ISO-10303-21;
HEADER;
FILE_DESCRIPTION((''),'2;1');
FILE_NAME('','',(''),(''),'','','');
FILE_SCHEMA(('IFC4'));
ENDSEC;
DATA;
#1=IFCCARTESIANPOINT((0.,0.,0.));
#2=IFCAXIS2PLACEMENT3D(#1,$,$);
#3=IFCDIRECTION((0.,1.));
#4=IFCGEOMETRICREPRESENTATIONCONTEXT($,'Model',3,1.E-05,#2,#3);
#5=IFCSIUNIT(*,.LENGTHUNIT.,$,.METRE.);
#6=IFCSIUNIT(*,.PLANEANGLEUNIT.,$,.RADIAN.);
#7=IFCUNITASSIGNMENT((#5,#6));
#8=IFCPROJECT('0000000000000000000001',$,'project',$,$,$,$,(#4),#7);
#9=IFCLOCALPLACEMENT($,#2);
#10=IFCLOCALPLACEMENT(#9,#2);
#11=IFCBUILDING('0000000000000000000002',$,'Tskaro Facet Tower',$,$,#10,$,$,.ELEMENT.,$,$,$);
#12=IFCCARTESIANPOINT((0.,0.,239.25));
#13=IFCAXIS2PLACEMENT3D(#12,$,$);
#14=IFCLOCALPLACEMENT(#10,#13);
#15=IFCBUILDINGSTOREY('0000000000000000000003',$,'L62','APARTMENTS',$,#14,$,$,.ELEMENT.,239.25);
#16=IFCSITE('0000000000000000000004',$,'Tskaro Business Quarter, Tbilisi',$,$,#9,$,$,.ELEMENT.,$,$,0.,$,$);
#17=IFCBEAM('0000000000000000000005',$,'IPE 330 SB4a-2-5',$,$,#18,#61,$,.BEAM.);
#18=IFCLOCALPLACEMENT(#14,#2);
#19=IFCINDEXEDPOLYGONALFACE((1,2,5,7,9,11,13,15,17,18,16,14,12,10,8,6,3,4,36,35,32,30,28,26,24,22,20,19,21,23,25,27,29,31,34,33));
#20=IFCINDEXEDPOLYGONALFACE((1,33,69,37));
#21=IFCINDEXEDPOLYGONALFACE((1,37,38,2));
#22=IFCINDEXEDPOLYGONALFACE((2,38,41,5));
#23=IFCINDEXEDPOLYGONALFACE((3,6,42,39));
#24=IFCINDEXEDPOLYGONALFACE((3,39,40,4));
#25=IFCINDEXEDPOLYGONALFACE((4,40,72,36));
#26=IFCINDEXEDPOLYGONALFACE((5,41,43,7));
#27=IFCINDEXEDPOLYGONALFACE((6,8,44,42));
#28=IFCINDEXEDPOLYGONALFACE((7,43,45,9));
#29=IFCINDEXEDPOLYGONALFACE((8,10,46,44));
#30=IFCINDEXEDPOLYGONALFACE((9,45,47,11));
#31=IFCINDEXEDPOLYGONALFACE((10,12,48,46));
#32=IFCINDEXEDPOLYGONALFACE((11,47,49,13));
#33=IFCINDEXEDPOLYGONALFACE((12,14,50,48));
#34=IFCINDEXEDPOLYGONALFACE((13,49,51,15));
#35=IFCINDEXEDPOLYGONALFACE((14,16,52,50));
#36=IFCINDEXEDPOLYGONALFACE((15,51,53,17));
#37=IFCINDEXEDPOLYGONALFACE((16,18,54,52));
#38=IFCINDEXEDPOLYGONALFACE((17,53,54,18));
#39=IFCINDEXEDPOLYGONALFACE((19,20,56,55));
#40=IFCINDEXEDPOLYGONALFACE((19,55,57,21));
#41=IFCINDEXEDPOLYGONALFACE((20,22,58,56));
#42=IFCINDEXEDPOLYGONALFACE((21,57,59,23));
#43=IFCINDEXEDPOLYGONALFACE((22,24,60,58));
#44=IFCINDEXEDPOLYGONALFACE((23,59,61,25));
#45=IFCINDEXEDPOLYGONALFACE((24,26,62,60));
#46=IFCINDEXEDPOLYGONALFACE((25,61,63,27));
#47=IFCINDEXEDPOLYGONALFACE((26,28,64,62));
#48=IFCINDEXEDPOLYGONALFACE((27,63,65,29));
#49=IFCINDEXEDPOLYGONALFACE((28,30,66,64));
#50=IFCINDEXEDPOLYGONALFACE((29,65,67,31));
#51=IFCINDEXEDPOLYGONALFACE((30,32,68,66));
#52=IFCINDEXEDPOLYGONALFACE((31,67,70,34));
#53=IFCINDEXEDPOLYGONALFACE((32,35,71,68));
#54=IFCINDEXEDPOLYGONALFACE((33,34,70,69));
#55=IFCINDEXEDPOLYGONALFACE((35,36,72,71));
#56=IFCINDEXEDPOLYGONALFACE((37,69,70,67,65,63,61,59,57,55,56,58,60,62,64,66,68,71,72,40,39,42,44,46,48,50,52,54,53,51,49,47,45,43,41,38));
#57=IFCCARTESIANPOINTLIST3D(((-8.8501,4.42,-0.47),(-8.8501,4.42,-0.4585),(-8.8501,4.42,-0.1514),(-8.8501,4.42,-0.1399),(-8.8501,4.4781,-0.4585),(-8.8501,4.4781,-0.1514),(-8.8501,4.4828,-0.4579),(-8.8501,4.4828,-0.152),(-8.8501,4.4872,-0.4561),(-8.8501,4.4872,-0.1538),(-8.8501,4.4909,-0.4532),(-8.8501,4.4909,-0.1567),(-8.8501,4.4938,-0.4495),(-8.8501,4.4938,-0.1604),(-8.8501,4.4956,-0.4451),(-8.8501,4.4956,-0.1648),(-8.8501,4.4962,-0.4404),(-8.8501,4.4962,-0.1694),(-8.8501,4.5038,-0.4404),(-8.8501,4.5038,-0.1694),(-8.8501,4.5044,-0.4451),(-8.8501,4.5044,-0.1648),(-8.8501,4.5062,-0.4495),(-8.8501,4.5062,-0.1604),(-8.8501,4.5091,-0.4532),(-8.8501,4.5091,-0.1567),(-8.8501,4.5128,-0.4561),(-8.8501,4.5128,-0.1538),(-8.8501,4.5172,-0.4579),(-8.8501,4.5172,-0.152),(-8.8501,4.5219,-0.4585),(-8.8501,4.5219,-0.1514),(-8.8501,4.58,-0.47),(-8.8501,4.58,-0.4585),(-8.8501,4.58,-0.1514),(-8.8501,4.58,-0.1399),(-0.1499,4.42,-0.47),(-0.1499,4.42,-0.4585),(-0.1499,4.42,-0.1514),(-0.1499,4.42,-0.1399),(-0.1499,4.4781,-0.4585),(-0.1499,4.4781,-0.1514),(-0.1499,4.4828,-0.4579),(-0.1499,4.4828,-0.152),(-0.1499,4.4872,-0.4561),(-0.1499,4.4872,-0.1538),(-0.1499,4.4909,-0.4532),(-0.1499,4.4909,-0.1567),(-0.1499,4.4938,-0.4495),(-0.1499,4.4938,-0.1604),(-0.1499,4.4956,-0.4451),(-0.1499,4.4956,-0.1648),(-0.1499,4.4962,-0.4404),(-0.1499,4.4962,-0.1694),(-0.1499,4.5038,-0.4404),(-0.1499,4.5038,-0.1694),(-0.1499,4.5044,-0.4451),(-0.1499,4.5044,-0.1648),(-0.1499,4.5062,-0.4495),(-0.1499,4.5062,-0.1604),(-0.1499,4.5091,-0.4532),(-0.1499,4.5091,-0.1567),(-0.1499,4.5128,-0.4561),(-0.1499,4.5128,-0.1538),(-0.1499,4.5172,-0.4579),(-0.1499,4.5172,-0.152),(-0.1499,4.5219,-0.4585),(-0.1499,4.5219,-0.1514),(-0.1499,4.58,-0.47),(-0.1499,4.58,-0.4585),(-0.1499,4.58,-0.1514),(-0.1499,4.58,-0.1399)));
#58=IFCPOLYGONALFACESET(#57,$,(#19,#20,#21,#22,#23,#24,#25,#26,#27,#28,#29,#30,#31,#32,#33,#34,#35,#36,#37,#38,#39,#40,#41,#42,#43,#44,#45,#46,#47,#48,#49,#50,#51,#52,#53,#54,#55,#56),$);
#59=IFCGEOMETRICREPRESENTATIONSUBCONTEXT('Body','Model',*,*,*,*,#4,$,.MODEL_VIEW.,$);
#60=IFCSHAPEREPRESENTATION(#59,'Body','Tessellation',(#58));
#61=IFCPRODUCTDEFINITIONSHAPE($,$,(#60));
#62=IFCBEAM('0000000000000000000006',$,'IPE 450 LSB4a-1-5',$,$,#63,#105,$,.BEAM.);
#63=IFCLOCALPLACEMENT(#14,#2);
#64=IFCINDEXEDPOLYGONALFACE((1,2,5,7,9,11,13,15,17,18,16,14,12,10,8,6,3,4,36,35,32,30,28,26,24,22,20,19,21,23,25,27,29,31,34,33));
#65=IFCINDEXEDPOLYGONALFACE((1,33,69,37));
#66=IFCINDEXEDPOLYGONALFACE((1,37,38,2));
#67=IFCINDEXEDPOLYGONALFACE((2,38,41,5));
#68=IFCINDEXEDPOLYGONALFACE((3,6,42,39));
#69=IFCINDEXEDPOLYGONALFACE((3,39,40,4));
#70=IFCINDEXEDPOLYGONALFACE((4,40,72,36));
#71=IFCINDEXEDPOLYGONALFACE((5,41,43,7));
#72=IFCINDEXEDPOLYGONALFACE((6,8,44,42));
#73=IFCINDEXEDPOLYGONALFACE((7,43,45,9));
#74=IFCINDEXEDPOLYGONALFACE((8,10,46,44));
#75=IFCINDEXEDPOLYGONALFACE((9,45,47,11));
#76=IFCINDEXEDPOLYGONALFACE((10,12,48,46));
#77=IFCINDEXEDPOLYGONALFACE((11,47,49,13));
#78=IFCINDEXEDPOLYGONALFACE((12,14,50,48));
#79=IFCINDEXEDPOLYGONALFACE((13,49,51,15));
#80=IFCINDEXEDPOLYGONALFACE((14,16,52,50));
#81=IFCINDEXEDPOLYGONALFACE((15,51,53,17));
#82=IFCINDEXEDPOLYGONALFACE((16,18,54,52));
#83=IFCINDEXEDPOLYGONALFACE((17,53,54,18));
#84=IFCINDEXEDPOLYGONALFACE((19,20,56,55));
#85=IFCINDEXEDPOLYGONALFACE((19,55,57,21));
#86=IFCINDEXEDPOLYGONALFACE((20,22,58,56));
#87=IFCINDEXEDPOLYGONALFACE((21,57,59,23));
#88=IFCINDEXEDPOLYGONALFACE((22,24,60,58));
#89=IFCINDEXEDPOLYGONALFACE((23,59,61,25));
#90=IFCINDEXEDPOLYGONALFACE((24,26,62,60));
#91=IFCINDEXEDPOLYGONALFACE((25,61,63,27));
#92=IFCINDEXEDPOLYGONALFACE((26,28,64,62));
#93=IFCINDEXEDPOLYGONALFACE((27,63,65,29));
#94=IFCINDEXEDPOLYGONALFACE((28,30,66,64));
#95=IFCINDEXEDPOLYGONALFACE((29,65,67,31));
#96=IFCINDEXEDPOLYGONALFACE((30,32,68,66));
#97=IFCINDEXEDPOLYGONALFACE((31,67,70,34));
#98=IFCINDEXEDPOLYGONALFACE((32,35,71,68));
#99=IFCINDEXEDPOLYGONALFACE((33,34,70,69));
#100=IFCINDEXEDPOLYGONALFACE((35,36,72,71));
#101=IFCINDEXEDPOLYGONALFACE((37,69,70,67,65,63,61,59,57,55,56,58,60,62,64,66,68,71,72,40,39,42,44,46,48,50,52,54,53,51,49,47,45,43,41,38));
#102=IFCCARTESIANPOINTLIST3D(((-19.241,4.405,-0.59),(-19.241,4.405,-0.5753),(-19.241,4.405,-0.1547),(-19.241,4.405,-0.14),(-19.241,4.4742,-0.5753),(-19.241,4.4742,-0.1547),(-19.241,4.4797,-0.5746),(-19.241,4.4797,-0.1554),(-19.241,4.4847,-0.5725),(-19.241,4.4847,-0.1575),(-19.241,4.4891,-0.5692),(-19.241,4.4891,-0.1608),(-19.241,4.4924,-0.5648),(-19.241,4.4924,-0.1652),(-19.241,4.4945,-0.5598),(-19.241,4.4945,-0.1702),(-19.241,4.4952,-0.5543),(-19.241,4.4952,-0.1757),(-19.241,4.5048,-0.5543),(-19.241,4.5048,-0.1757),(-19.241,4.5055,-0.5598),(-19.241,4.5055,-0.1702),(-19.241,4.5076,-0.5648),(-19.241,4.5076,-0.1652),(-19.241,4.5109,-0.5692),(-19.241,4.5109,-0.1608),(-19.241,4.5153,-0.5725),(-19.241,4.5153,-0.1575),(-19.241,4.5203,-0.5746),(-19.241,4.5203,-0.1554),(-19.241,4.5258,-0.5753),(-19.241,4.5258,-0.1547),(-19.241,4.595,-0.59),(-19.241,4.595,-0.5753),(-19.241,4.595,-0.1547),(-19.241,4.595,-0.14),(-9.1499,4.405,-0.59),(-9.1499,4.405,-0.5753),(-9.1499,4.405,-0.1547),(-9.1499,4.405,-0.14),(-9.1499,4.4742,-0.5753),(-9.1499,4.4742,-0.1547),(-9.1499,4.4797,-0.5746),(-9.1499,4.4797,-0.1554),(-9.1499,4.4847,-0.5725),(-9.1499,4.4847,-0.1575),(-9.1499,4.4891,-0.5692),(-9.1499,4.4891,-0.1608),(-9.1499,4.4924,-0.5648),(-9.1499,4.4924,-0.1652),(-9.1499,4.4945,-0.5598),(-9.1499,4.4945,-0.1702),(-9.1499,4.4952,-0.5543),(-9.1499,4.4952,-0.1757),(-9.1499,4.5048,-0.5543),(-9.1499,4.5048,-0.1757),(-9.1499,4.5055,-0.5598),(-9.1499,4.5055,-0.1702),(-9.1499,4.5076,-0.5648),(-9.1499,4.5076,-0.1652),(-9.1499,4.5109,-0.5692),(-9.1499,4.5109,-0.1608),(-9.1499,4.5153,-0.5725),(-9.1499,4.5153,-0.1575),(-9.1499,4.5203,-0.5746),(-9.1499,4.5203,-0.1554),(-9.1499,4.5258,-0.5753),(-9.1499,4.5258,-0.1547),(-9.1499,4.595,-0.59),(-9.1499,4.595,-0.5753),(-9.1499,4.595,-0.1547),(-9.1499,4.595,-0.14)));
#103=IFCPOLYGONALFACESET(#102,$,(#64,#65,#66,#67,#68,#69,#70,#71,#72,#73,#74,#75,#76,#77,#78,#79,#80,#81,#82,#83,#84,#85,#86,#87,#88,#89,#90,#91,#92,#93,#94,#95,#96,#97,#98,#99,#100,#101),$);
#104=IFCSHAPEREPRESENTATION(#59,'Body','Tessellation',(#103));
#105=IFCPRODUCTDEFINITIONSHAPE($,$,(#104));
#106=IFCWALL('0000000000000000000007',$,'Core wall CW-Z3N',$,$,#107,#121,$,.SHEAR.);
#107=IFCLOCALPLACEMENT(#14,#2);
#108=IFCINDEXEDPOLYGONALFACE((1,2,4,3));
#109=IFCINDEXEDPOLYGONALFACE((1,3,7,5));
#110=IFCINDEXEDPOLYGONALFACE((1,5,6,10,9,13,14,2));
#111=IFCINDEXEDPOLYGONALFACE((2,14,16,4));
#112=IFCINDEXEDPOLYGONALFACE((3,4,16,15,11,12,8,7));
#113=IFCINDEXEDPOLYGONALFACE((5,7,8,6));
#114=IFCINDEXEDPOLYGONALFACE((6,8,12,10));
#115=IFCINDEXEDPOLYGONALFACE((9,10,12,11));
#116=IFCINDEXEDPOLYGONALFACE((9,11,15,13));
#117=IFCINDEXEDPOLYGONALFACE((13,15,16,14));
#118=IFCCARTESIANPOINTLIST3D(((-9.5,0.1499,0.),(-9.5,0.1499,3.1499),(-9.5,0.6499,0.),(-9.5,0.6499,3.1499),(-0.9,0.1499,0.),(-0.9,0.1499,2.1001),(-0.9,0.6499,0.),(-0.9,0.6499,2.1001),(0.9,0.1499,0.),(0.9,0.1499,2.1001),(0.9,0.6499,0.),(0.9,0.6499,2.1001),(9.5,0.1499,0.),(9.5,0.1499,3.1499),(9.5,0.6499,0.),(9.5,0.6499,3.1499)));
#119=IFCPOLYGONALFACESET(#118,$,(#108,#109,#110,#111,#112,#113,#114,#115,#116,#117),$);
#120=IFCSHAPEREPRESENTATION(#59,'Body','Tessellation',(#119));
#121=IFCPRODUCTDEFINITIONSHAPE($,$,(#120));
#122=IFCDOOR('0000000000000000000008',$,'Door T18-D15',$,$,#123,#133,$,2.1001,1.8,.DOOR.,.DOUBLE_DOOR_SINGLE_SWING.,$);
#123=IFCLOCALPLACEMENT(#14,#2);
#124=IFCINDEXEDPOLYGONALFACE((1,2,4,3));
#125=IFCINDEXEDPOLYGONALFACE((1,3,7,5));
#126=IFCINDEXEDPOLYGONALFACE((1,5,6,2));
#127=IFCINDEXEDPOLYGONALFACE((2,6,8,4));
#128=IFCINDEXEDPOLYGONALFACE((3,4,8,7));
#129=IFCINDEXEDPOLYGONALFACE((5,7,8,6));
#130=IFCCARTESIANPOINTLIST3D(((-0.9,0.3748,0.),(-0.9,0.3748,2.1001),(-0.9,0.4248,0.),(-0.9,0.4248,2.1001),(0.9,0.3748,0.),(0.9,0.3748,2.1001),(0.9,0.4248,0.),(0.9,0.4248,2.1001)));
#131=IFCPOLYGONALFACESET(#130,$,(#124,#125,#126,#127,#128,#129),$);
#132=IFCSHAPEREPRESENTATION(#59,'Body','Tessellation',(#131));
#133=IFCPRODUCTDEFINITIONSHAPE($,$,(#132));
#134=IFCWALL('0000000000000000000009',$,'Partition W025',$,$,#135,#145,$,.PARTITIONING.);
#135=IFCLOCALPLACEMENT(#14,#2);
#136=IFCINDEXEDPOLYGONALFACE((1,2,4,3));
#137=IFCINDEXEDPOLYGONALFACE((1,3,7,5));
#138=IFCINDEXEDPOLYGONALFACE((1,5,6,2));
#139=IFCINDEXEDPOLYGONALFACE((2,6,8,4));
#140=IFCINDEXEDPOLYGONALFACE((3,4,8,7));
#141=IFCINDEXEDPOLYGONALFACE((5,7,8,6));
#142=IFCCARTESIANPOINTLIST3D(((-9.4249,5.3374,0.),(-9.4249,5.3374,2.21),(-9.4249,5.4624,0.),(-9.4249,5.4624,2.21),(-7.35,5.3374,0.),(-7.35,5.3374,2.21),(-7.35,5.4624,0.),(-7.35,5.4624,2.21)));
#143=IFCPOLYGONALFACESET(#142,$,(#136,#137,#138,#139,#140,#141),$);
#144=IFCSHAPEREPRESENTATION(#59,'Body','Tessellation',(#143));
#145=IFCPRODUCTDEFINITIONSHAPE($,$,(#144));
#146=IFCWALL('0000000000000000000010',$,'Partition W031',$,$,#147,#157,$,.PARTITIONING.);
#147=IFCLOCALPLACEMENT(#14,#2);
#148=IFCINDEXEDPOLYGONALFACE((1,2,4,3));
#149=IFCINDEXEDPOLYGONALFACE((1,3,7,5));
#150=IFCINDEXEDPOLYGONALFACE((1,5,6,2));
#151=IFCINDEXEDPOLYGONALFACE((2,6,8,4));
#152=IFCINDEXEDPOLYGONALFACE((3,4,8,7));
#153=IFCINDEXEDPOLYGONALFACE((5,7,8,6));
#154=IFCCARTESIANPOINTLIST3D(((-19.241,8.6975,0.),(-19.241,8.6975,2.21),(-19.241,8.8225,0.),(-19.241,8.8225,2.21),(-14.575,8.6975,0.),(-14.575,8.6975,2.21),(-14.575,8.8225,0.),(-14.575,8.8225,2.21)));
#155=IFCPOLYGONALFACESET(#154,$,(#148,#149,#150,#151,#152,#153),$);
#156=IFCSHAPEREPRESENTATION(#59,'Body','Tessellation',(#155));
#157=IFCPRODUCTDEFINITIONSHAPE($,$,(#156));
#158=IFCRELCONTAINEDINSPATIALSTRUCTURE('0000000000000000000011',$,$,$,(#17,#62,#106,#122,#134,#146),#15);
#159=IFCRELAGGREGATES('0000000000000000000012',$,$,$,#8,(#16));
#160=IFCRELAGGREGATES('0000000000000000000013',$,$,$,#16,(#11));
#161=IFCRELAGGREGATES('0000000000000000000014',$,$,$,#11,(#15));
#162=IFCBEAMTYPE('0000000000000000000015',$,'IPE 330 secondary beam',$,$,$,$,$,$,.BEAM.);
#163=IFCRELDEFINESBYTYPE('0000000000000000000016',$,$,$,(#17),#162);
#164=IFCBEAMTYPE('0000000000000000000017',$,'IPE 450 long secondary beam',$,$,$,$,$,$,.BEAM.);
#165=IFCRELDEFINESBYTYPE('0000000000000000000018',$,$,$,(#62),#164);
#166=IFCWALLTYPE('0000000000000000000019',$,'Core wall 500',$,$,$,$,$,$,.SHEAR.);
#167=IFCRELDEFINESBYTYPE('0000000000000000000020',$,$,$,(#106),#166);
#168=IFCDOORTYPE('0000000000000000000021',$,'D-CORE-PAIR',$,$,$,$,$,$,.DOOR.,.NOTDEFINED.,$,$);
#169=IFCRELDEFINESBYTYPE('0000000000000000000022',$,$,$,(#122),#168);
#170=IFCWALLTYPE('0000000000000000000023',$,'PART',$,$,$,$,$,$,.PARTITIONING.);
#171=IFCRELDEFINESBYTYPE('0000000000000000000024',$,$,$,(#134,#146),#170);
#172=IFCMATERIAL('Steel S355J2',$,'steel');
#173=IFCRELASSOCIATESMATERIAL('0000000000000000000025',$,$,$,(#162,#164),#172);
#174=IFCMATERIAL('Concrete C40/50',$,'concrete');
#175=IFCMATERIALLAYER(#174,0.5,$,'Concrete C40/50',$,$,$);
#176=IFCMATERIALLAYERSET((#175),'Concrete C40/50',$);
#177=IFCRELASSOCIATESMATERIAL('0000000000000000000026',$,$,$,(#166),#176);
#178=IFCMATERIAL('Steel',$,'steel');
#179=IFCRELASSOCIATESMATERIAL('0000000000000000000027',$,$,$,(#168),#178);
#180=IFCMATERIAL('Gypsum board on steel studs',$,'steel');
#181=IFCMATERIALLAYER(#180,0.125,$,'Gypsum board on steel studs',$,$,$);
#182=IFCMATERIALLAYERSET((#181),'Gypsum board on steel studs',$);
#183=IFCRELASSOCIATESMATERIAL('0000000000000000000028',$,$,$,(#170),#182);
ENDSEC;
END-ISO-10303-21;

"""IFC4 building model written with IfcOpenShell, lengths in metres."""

from ifc_helpers import new_model, si_unit, direction, frame, frame_2d, origin, origin_2d, place, context, subcontext, project, spatial, rectangle, i_section, extrude, material, layer, layer_set, material_profile, profile_set, type_object, element, fill, save


model = new_model("IFC4")

# Units and contexts
model_context = context("Model", 3, precision=1e-05, world=origin(), true_north=direction((0.0, 1.0)))
body_context = subcontext(model_context, "Body", "Model", "MODEL_VIEW")
ifc_project = project(units=[si_unit("LENGTHUNIT", "METRE"), si_unit("PLANEANGLEUNIT", "RADIAN")], contexts=[model_context])

# Site, building, storey
site_placement = place(None, origin())
site = spatial("IfcSite", under=ifc_project, at=site_placement, Name="Tskaro Business Quarter, Tbilisi", CompositionType="ELEMENT", RefElevation=0.0)
building_placement = place(site_placement, origin())
building = spatial("IfcBuilding", under=site, at=building_placement, Name="Tskaro Facet Tower", CompositionType="ELEMENT")
storey_placement = place(building_placement, frame((0.0, 0.0, 239.25)))
storey = spatial("IfcBuildingStorey", under=building, at=storey_placement, Name="L62", Description="APARTMENTS", CompositionType="ELEMENT", Elevation=239.25)

# Beams
ifc_material_1 = material(Name="Steel S355J2", Category="steel")
ifc_material_profile_1 = material_profile(ifc_material_1, i_section(OverallWidth=0.1599, OverallDepth=0.3301, WebThickness=0.0076, FlangeThickness=0.0115, FilletRadius=0.0181, at=origin_2d()), Name="IPE 330")
ifc_profile_set_1 = profile_set([ifc_material_profile_1], Name="Steel S355J2")
beam_type_1 = type_object("IfcBeamType", Name="IPE 330 secondary beam", PredefinedType="BEAM", material=ifc_profile_set_1)
beam_1_placement = place(storey_placement, frame((-8.8501, 4.5, -0.3049), z_axis=(1.0, 0.0, 0.0), x_axis=(0.0, 1.0, 0.0)))
element("IfcBeam", 1, at=beam_1_placement, inside=storey, type_object=beam_type_1, Name="IPE 330 SB4a-2-5", PredefinedType="BEAM", context=body_context, shape_type="SweptSolid", body=[
    extrude(i_section(OverallWidth=0.1599, OverallDepth=0.3301, WebThickness=0.0076, FlangeThickness=0.0115, FilletRadius=0.0181, at=origin_2d()), origin(), (0.0, 0.0, 1.0), 8.7002),
])
ifc_material_profile_2 = material_profile(ifc_material_1, i_section(OverallWidth=0.1899, OverallDepth=0.45, WebThickness=0.0095, FlangeThickness=0.0146, FilletRadius=0.021, at=origin_2d()), Name="IPE 450")
ifc_profile_set_2 = profile_set([ifc_material_profile_2], Name="Steel S355J2")
beam_type_2 = type_object("IfcBeamType", Name="IPE 450 long secondary beam", PredefinedType="BEAM", material=ifc_profile_set_2)
beam_2_placement = place(storey_placement, frame((-19.241, 4.5, -0.365), z_axis=(1.0, 0.0, 0.0), x_axis=(0.0, 1.0, 0.0)))
element("IfcBeam", 2, at=beam_2_placement, inside=storey, type_object=beam_type_2, Name="IPE 450 LSB4a-1-5", PredefinedType="BEAM", context=body_context, shape_type="SweptSolid", body=[
    extrude(i_section(OverallWidth=0.1899, OverallDepth=0.45, WebThickness=0.0095, FlangeThickness=0.0146, FilletRadius=0.021, at=origin_2d()), origin(), (0.0, 0.0, 1.0), 10.0911),
])

# Wall, opening, door
ifc_material_2 = material(Name="Concrete C40/50", Category="concrete")
ifc_layer_1 = layer(ifc_material_2, 0.5, Name="Concrete C40/50")
ifc_layer_set_1 = layer_set([ifc_layer_1], Name="Concrete C40/50")
wall_type_1 = type_object("IfcWallType", Name="Core wall 500", PredefinedType="SHEAR", material=ifc_layer_set_1)
wall_1_placement = place(storey_placement, frame((-9.5, 0.3999, 0.0), z_axis=(0.0, 0.0, 1.0), x_axis=(1.0, 0.0, 0.0)))
wall_1 = element("IfcWall", 3, at=wall_1_placement, inside=storey, type_object=wall_type_1, Name="Core wall CW-Z3N", PredefinedType="SHEAR", context=body_context, shape_type="SweptSolid", body=[
    extrude(rectangle(XDim=19.0, YDim=0.5, at=frame_2d((9.5, 0.0))), origin(), (0.0, 0.0, 1.0), 3.1499),
])
opening_1_placement = place(wall_1_placement, frame((8.6001, 0.0, 0.0)))
opening_1 = element("IfcOpeningElement", 4, at=opening_1_placement, cuts=wall_1, PredefinedType="OPENING", context=body_context, shape_type="SweptSolid", body=[
    extrude(rectangle(XDim=1.8, YDim=2.1001, at=frame_2d((0.8999, 1.05))), frame((0.0, 0.26, 0.0), z_axis=(0.0, -1.0, 0.0), x_axis=(1.0, 0.0, 0.0)), (0.0, 0.0, 1.0), 0.52),
])
ifc_material_3 = material(Name="Steel", Category="steel")
door_type_1 = type_object("IfcDoorType", Name="D-CORE-PAIR", OperationType="NOTDEFINED", PredefinedType="DOOR", material=ifc_material_3)
door_1_placement = place(opening_1_placement, origin())
door_1 = element("IfcDoor", 5, at=door_1_placement, inside=storey, type_object=door_type_1, Name="Door T18-D15", OperationType="DOUBLE_DOOR_SINGLE_SWING", OverallHeight=2.1001, OverallWidth=1.8, PredefinedType="DOOR", context=body_context, shape_type="SweptSolid", body=[
    extrude(rectangle(XDim=1.8, YDim=2.1001, at=frame_2d((0.8999, 1.05))), frame((0.0, 0.0249, 0.0), z_axis=(0.0, -1.0, 0.0), x_axis=(1.0, 0.0, 0.0)), (0.0, 0.0, 1.0), 0.05),
])
fill(opening_1, door_1)

# Walls
ifc_material_4 = material(Name="Gypsum board on steel studs", Category="steel")
ifc_layer_2 = layer(ifc_material_4, 0.125, Name="Gypsum board on steel studs")
ifc_layer_set_2 = layer_set([ifc_layer_2], Name="Gypsum board on steel studs")
wall_type_2 = type_object("IfcWallType", Name="PART", PredefinedType="PARTITIONING", material=ifc_layer_set_2)
wall_2_placement = place(storey_placement, frame((-9.425, 5.3999, 0.0), z_axis=(0.0, 0.0, 1.0), x_axis=(1.0, 0.0, 0.0)))
element("IfcWall", 6, at=wall_2_placement, inside=storey, type_object=wall_type_2, Name="Partition W025", PredefinedType="PARTITIONING", context=body_context, shape_type="SweptSolid", body=[
    extrude(rectangle(XDim=2.075, YDim=0.125, at=frame_2d((1.0376, 0.0))), origin(), (0.0, 0.0, 1.0), 2.21),
])
wall_3_placement = place(storey_placement, frame((-19.241, 8.76, 0.0), z_axis=(0.0, 0.0, 1.0), x_axis=(1.0, 0.0, 0.0)))
element("IfcWall", 7, at=wall_3_placement, inside=storey, type_object=wall_type_2, Name="Partition W031", PredefinedType="PARTITIONING", context=body_context, shape_type="SweptSolid", body=[
    extrude(rectangle(XDim=4.666, YDim=0.125, at=frame_2d((2.333, 0.0))), origin(), (0.0, 0.0, 1.0), 2.21),
])

save(model, "model.ifc")
